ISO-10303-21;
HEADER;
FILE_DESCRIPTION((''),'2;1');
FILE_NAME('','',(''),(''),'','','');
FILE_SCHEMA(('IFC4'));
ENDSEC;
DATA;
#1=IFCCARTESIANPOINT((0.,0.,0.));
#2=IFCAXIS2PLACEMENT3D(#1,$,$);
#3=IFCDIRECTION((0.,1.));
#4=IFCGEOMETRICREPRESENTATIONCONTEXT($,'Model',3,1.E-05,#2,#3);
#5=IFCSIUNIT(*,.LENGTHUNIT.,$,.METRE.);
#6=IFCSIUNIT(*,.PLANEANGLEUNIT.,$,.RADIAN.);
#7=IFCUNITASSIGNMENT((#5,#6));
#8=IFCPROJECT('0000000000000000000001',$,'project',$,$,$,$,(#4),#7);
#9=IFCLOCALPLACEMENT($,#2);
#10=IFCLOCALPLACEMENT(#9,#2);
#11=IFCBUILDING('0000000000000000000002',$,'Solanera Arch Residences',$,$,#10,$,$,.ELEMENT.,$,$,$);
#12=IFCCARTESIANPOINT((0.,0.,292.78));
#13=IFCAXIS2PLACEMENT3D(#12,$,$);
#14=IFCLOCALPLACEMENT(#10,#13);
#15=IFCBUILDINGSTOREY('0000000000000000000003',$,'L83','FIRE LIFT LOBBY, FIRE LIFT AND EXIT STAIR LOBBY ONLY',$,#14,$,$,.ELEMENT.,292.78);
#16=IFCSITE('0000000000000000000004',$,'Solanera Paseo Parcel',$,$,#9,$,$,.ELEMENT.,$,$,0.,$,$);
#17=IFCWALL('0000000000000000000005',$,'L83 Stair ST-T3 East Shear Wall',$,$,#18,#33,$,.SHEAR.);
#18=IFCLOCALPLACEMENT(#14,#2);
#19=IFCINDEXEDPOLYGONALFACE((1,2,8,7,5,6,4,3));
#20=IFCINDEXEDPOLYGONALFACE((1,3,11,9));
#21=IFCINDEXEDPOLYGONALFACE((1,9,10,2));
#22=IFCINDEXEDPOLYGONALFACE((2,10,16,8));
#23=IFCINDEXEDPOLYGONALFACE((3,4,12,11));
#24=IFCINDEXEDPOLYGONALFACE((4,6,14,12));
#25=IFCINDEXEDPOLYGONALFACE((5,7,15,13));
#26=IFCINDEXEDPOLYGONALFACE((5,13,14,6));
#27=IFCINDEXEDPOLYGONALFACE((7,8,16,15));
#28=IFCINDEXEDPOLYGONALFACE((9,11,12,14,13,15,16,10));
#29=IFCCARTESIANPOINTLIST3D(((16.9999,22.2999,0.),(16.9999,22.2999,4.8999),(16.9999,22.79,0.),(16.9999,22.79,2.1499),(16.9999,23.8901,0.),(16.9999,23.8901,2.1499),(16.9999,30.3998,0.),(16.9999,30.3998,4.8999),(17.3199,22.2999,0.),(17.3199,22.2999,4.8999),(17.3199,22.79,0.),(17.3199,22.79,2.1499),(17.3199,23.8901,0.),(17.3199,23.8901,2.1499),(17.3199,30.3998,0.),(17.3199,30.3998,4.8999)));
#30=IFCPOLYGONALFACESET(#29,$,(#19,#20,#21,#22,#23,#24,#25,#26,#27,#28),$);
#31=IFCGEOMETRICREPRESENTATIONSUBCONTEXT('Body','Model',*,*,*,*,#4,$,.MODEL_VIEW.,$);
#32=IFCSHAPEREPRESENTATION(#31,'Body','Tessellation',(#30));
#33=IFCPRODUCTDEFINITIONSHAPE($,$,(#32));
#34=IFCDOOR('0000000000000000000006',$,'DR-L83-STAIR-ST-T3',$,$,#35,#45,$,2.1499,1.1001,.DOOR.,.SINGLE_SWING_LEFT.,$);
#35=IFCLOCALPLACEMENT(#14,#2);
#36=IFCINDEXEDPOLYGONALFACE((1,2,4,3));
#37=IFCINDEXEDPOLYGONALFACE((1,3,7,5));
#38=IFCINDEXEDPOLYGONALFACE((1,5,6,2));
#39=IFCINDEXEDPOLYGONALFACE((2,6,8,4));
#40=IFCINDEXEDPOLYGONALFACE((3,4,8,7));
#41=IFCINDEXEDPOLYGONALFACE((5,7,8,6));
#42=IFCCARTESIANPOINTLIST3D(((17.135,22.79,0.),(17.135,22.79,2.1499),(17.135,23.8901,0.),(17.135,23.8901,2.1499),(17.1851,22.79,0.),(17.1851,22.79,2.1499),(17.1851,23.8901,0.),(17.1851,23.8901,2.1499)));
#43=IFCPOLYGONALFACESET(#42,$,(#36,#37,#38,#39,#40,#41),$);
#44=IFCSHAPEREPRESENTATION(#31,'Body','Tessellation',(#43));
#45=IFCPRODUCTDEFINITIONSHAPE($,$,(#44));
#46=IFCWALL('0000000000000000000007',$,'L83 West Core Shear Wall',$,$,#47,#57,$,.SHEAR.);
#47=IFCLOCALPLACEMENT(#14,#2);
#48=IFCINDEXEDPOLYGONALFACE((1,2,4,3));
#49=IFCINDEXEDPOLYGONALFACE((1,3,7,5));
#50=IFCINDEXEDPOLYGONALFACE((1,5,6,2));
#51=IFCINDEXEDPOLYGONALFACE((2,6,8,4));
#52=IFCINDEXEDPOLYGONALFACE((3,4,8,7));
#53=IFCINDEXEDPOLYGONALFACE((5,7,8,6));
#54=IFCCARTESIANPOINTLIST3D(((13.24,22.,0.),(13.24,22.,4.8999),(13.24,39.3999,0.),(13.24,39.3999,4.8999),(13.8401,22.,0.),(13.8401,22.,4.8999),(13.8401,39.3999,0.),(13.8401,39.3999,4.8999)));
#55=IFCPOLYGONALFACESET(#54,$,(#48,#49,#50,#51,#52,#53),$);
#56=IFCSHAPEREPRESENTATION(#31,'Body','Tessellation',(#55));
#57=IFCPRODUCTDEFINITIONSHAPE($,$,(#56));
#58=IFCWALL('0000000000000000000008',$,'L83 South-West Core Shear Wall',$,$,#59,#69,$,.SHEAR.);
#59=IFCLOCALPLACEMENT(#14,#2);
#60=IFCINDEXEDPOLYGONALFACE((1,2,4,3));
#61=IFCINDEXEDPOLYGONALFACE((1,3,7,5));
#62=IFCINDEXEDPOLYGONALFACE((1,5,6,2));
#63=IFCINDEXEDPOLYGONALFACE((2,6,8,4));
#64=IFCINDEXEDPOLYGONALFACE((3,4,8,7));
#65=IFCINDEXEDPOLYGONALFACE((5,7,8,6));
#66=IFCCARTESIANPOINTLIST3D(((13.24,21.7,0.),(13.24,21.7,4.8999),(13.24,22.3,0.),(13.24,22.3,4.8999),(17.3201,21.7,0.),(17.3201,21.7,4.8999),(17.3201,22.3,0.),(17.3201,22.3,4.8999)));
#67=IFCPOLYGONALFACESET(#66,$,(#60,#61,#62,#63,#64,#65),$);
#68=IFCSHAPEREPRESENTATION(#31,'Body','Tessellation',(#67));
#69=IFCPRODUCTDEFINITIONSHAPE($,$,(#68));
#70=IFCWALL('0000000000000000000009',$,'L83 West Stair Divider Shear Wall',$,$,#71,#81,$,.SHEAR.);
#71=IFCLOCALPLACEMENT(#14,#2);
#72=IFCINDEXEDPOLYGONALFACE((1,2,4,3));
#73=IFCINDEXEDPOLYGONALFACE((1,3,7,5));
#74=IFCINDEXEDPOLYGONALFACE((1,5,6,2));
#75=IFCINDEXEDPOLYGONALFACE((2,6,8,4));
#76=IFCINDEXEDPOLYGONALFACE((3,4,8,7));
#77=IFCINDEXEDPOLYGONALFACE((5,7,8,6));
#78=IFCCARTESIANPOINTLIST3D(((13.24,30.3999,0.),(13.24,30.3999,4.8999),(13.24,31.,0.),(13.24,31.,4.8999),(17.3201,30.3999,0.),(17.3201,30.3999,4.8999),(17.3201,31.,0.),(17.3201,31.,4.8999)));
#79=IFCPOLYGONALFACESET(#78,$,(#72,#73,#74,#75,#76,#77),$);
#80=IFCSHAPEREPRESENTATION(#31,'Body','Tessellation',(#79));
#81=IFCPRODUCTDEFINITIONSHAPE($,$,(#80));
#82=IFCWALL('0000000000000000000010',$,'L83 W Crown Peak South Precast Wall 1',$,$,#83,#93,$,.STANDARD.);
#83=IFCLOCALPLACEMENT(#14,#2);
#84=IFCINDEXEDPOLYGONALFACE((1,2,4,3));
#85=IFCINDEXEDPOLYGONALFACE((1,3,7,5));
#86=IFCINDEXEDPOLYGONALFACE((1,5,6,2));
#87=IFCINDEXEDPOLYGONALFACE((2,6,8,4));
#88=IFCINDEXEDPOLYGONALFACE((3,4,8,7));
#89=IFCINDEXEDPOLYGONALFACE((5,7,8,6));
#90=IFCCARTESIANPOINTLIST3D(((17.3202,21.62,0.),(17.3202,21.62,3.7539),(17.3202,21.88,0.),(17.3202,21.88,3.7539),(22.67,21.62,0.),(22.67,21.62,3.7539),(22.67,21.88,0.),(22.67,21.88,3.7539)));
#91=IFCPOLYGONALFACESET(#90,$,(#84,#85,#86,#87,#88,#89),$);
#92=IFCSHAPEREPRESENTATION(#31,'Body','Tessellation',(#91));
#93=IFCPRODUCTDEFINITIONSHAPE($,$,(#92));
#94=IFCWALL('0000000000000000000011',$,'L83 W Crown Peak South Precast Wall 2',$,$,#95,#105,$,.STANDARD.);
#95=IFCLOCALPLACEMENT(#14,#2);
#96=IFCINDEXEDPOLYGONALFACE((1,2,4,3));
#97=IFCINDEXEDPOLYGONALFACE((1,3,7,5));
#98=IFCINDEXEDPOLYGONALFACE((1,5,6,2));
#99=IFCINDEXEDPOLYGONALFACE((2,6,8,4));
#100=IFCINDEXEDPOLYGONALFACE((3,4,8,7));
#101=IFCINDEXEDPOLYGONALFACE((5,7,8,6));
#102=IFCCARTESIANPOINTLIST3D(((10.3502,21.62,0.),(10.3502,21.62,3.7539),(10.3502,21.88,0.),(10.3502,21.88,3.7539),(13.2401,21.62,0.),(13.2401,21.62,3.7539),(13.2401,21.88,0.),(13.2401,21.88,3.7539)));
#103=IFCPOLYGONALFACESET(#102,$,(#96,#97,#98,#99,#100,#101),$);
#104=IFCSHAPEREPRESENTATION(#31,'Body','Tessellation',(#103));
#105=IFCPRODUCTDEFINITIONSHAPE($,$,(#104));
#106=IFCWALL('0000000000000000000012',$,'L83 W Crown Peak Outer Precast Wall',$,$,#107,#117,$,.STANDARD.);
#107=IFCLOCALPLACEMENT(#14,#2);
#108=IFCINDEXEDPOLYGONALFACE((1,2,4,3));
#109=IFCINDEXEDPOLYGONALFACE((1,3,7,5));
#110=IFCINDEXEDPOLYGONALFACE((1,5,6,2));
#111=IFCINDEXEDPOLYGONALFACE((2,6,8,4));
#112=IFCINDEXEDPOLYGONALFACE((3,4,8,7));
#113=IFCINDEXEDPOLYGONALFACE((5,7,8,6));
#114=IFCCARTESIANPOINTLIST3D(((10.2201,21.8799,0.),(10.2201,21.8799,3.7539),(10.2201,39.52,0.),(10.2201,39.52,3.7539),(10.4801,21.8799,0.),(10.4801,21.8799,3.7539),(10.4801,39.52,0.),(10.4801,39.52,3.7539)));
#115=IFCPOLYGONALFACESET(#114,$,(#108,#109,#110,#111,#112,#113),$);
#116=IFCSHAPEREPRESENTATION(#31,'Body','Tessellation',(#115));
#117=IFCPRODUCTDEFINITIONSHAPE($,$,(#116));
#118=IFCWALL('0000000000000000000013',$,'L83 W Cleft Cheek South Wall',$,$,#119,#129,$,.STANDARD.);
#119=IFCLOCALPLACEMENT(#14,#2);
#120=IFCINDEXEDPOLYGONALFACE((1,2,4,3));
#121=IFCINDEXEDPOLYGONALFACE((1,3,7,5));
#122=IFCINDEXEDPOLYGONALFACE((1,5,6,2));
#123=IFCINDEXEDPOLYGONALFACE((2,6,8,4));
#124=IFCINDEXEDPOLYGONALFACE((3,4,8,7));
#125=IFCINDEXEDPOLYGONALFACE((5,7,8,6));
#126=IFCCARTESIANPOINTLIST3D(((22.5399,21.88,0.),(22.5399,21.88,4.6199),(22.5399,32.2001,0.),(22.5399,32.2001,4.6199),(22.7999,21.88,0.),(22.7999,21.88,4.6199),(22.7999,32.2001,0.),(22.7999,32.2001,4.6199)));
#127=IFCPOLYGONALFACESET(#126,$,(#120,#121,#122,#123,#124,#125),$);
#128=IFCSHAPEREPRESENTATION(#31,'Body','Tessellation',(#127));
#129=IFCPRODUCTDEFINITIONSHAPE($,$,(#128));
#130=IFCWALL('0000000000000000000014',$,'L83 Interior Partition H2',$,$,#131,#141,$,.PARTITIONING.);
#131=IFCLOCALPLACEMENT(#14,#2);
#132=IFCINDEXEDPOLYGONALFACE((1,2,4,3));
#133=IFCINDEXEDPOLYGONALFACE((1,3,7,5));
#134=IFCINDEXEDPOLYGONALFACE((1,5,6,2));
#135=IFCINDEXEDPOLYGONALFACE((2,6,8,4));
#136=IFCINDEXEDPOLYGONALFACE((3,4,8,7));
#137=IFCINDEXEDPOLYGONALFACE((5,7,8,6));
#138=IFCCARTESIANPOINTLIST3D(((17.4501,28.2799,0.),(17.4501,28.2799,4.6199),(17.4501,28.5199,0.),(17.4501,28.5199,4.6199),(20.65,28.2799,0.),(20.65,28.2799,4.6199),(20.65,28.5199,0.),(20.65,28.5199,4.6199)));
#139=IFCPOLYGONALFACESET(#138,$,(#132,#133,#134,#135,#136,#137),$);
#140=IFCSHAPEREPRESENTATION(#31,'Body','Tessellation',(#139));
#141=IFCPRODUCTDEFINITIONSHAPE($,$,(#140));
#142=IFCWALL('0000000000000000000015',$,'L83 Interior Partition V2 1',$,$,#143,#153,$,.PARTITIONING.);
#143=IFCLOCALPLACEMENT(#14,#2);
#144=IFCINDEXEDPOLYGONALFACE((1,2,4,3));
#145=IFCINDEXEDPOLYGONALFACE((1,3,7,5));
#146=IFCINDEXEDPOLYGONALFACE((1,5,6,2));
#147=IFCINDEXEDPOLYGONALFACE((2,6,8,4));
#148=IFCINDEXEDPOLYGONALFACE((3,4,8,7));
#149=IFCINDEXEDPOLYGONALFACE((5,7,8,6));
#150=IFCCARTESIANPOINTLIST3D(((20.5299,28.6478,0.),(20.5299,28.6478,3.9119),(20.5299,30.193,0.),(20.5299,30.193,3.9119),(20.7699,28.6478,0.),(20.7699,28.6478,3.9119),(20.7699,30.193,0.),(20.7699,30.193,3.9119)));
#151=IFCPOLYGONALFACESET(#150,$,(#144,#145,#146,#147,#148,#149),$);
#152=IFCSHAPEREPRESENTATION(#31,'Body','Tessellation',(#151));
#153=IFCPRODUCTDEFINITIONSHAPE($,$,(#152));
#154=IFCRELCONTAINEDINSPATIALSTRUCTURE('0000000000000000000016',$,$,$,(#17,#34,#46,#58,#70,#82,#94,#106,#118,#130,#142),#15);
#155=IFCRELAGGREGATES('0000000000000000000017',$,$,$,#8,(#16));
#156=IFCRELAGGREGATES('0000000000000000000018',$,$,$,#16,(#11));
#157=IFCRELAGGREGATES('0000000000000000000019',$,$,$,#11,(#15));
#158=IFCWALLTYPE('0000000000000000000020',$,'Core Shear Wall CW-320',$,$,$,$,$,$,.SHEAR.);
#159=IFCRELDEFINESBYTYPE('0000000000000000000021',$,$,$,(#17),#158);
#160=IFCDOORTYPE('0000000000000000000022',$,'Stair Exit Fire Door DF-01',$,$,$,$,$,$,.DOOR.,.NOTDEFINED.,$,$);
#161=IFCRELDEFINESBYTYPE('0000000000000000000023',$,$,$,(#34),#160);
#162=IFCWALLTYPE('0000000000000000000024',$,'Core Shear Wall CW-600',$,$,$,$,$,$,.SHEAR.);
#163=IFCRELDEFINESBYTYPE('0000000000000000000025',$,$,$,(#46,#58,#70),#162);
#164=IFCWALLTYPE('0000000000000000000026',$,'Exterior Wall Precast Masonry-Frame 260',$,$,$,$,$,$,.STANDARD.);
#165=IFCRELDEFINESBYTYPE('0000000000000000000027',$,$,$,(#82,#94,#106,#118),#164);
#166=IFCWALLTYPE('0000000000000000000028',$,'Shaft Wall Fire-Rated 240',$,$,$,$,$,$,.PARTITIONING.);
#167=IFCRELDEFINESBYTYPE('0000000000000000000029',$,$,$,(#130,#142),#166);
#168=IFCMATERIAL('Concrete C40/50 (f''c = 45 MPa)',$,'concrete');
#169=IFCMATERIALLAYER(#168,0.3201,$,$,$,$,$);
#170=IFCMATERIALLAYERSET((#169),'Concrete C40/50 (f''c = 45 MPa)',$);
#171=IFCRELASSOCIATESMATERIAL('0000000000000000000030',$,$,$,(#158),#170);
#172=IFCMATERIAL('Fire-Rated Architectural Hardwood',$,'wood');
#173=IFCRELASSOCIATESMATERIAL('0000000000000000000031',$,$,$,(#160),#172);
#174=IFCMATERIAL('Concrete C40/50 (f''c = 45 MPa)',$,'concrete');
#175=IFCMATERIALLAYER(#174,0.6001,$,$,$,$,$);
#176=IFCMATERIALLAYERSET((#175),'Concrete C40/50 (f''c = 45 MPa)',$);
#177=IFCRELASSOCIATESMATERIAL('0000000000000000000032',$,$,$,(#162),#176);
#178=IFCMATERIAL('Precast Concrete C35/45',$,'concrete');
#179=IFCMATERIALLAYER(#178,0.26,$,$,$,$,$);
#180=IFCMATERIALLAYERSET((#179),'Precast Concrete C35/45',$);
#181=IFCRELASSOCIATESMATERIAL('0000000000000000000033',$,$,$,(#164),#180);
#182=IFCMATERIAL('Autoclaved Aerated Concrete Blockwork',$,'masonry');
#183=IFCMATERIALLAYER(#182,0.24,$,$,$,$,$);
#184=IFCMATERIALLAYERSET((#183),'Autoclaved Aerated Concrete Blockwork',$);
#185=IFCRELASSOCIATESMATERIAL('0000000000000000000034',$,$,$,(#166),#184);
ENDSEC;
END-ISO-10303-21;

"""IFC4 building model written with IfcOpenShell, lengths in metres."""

from ifc_helpers import new_model, si_unit, direction, frame, frame_2d, origin, place, context, subcontext, project, spatial, rectangle, extrude, material, layer, layer_set, type_object, element, fill, save


model = new_model("IFC4")

# Units and contexts
model_context = context("Model", 3, precision=1e-05, world=origin(), true_north=direction((0.0, 1.0)))
body_context = subcontext(model_context, "Body", "Model", "MODEL_VIEW")
ifc_project = project(units=[si_unit("LENGTHUNIT", "METRE"), si_unit("PLANEANGLEUNIT", "RADIAN")], contexts=[model_context])

# Site, building, storey
site_placement = place(None, origin())
site = spatial("IfcSite", under=ifc_project, at=site_placement, Name="Solanera Paseo Parcel", CompositionType="ELEMENT", RefElevation=0.0)
building_placement = place(site_placement, origin())
building = spatial("IfcBuilding", under=site, at=building_placement, Name="Solanera Arch Residences", CompositionType="ELEMENT")
storey_placement = place(building_placement, frame((0.0, 0.0, 292.78)))
storey = spatial("IfcBuildingStorey", under=building, at=storey_placement, Name="L83", Description="FIRE LIFT LOBBY, FIRE LIFT AND EXIT STAIR LOBBY ONLY", CompositionType="ELEMENT", Elevation=292.78)

# Wall, opening, door
ifc_material_1 = material(Name="Concrete C40/50 (f'c = 45 MPa)", Category="concrete")
ifc_layer_1 = layer(ifc_material_1, 0.3201)
ifc_layer_set_1 = layer_set([ifc_layer_1], Name="Concrete C40/50 (f'c = 45 MPa)")
wall_type_1 = type_object("IfcWallType", Name="Core Shear Wall CW-320", PredefinedType="SHEAR", material=ifc_layer_set_1)
wall_1_placement = place(storey_placement, frame((17.1599, 22.3, 0.0), z_axis=(0.0, 0.0, 1.0), x_axis=(0.0, 1.0, 0.0)))
wall_1 = element("IfcWall", 1, at=wall_1_placement, inside=storey, type_object=wall_type_1, Name="L83 Stair ST-T3 East Shear Wall", PredefinedType="SHEAR", context=body_context, shape_type="SweptSolid", body=[
    extrude(rectangle(XDim=8.0999, YDim=0.3201, at=frame_2d((4.0498, 0.0))), origin(), (0.0, 0.0, 1.0), 4.8999),
])
opening_placement = place(wall_1_placement, frame((0.49, 0.0, 0.0)))
opening = element("IfcOpeningElement", 2, at=opening_placement, cuts=wall_1, PredefinedType="OPENING", context=body_context, shape_type="SweptSolid", body=[
    extrude(rectangle(XDim=1.1001, YDim=2.1499, at=frame_2d((0.55, 1.075))), frame((0.0, 0.1699, 0.0), z_axis=(0.0, -1.0, 0.0), x_axis=(1.0, 0.0, 0.0)), (0.0, 0.0, 1.0), 0.3401),
])
ifc_material_2 = material(Name="Fire-Rated Architectural Hardwood", Category="wood")
door_type = type_object("IfcDoorType", Name="Stair Exit Fire Door DF-01", OperationType="NOTDEFINED", PredefinedType="DOOR", material=ifc_material_2)
door_placement = place(opening_placement, origin())
door = element("IfcDoor", 3, at=door_placement, inside=storey, type_object=door_type, Name="DR-L83-STAIR-ST-T3", OperationType="SINGLE_SWING_LEFT", OverallHeight=2.1499, OverallWidth=1.1001, PredefinedType="DOOR", context=body_context, shape_type="SweptSolid", body=[
    extrude(rectangle(XDim=1.1001, YDim=2.1499, at=frame_2d((0.55, 1.075))), frame((0.0, 0.0249, 0.0), z_axis=(0.0, -1.0, 0.0), x_axis=(1.0, 0.0, 0.0)), (0.0, 0.0, 1.0), 0.05),
])
fill(opening, door)

# Walls
ifc_material_3 = material(Name="Concrete C40/50 (f'c = 45 MPa)", Category="concrete")
ifc_layer_2 = layer(ifc_material_3, 0.6001)
ifc_layer_set_2 = layer_set([ifc_layer_2], Name="Concrete C40/50 (f'c = 45 MPa)")
wall_type_2 = type_object("IfcWallType", Name="Core Shear Wall CW-600", PredefinedType="SHEAR", material=ifc_layer_set_2)
wall_2_placement = place(storey_placement, frame((13.54, 22.0, 0.0), z_axis=(0.0, 0.0, 1.0), x_axis=(0.0, 1.0, 0.0)))
element("IfcWall", 4, at=wall_2_placement, inside=storey, type_object=wall_type_2, Name="L83 West Core Shear Wall", PredefinedType="SHEAR", context=body_context, shape_type="SweptSolid", body=[
    extrude(rectangle(XDim=17.3999, YDim=0.6001, at=frame_2d((8.7, 0.0))), origin(), (0.0, 0.0, 1.0), 4.8999),
])
for number, where, z_axis, x_axis, name in (
    (5, (13.24, 22.0, 0.0), (0.0, 0.0, 1.0), (1.0, 0.0, 0.0), "L83 South-West Core Shear Wall"),
    (6, (13.24, 30.7, 0.0), (0.0, 0.0, 1.0), (1.0, 0.0, 0.0), "L83 West Stair Divider Shear Wall"),
):
    element("IfcWall", number, at=place(storey_placement, frame(where, z_axis=z_axis, x_axis=x_axis)), inside=storey, type_object=wall_type_2, Name=name, PredefinedType="SHEAR", context=body_context, shape_type="SweptSolid", body=[
        extrude(rectangle(XDim=4.0801, YDim=0.6001, at=frame_2d((2.04, 0.0))), origin(), (0.0, 0.0, 1.0), 4.8999),
    ])
ifc_material_4 = material(Name="Precast Concrete C35/45", Category="concrete")
ifc_layer_3 = layer(ifc_material_4, 0.26)
ifc_layer_set_3 = layer_set([ifc_layer_3], Name="Precast Concrete C35/45")
wall_type_3 = type_object("IfcWallType", Name="Exterior Wall Precast Masonry-Frame 260", PredefinedType="STANDARD", material=ifc_layer_set_3)
wall_3_placement = place(storey_placement, frame((22.6699, 21.75, 0.0), z_axis=(0.0, 0.0, 1.0), x_axis=(-1.0, 0.0, 0.0)))
element("IfcWall", 7, at=wall_3_placement, inside=storey, type_object=wall_type_3, Name="L83 W Crown Peak South Precast Wall 1", PredefinedType="STANDARD", context=body_context, shape_type="SweptSolid", body=[
    extrude(rectangle(XDim=5.3499, YDim=0.26, at=frame_2d((2.6748, 0.0))), origin(), (0.0, 0.0, 1.0), 3.7539),
])
wall_4_placement = place(storey_placement, frame((13.24, 21.75, 0.0), z_axis=(0.0, 0.0, 1.0), x_axis=(-1.0, 0.0, 0.0)))
element("IfcWall", 8, at=wall_4_placement, inside=storey, type_object=wall_type_3, Name="L83 W Crown Peak South Precast Wall 2", PredefinedType="STANDARD", context=body_context, shape_type="SweptSolid", body=[
    extrude(rectangle(XDim=2.8899, YDim=0.26, at=frame_2d((1.4448, 0.0))), origin(), (0.0, 0.0, 1.0), 3.7539),
])
wall_5_placement = place(storey_placement, frame((10.3501, 21.8799, 0.0), z_axis=(0.0, 0.0, 1.0), x_axis=(0.0, 1.0, 0.0)))
element("IfcWall", 9, at=wall_5_placement, inside=storey, type_object=wall_type_3, Name="L83 W Crown Peak Outer Precast Wall", PredefinedType="STANDARD", context=body_context, shape_type="SweptSolid", body=[
    extrude(rectangle(XDim=17.6401, YDim=0.26, at=frame_2d((8.8201, 0.0))), origin(), (0.0, 0.0, 1.0), 3.7539),
])
wall_6_placement = place(storey_placement, frame((22.6699, 21.8799, 0.0), z_axis=(0.0, 0.0, 1.0), x_axis=(0.0, 1.0, 0.0)))
element("IfcWall", 10, at=wall_6_placement, inside=storey, type_object=wall_type_3, Name="L83 W Cleft Cheek South Wall", PredefinedType="STANDARD", context=body_context, shape_type="SweptSolid", body=[
    extrude(rectangle(XDim=10.3201, YDim=0.26, at=frame_2d((5.1602, 0.0))), origin(), (0.0, 0.0, 1.0), 4.6199),
])
ifc_material_5 = material(Name="Autoclaved Aerated Concrete Blockwork", Category="masonry")
ifc_layer_4 = layer(ifc_material_5, 0.24)
ifc_layer_set_4 = layer_set([ifc_layer_4], Name="Autoclaved Aerated Concrete Blockwork")
wall_type_4 = type_object("IfcWallType", Name="Shaft Wall Fire-Rated 240", PredefinedType="PARTITIONING", material=ifc_layer_set_4)
wall_7_placement = place(storey_placement, frame((17.45, 28.3999, 0.0), z_axis=(0.0, 0.0, 1.0), x_axis=(1.0, 0.0, 0.0)))
element("IfcWall", 11, at=wall_7_placement, inside=storey, type_object=wall_type_4, Name="L83 Interior Partition H2", PredefinedType="PARTITIONING", context=body_context, shape_type="SweptSolid", body=[
    extrude(rectangle(XDim=3.2, YDim=0.24, at=frame_2d((1.6001, 0.0))), origin(), (0.0, 0.0, 1.0), 4.6199),
])
wall_8_placement = place(storey_placement, frame((20.6499, 28.6479, 0.0), z_axis=(0.0, 0.0, 1.0), x_axis=(0.0, 1.0, 0.0)))
element("IfcWall", 12, at=wall_8_placement, inside=storey, type_object=wall_type_4, Name="L83 Interior Partition V2 1", PredefinedType="PARTITIONING", context=body_context, shape_type="SweptSolid", body=[
    extrude(rectangle(XDim=1.5452, YDim=0.24, at=frame_2d((0.7725, 0.0))), origin(), (0.0, 0.0, 1.0), 3.9119),
])

save(model, "model.ifc")
